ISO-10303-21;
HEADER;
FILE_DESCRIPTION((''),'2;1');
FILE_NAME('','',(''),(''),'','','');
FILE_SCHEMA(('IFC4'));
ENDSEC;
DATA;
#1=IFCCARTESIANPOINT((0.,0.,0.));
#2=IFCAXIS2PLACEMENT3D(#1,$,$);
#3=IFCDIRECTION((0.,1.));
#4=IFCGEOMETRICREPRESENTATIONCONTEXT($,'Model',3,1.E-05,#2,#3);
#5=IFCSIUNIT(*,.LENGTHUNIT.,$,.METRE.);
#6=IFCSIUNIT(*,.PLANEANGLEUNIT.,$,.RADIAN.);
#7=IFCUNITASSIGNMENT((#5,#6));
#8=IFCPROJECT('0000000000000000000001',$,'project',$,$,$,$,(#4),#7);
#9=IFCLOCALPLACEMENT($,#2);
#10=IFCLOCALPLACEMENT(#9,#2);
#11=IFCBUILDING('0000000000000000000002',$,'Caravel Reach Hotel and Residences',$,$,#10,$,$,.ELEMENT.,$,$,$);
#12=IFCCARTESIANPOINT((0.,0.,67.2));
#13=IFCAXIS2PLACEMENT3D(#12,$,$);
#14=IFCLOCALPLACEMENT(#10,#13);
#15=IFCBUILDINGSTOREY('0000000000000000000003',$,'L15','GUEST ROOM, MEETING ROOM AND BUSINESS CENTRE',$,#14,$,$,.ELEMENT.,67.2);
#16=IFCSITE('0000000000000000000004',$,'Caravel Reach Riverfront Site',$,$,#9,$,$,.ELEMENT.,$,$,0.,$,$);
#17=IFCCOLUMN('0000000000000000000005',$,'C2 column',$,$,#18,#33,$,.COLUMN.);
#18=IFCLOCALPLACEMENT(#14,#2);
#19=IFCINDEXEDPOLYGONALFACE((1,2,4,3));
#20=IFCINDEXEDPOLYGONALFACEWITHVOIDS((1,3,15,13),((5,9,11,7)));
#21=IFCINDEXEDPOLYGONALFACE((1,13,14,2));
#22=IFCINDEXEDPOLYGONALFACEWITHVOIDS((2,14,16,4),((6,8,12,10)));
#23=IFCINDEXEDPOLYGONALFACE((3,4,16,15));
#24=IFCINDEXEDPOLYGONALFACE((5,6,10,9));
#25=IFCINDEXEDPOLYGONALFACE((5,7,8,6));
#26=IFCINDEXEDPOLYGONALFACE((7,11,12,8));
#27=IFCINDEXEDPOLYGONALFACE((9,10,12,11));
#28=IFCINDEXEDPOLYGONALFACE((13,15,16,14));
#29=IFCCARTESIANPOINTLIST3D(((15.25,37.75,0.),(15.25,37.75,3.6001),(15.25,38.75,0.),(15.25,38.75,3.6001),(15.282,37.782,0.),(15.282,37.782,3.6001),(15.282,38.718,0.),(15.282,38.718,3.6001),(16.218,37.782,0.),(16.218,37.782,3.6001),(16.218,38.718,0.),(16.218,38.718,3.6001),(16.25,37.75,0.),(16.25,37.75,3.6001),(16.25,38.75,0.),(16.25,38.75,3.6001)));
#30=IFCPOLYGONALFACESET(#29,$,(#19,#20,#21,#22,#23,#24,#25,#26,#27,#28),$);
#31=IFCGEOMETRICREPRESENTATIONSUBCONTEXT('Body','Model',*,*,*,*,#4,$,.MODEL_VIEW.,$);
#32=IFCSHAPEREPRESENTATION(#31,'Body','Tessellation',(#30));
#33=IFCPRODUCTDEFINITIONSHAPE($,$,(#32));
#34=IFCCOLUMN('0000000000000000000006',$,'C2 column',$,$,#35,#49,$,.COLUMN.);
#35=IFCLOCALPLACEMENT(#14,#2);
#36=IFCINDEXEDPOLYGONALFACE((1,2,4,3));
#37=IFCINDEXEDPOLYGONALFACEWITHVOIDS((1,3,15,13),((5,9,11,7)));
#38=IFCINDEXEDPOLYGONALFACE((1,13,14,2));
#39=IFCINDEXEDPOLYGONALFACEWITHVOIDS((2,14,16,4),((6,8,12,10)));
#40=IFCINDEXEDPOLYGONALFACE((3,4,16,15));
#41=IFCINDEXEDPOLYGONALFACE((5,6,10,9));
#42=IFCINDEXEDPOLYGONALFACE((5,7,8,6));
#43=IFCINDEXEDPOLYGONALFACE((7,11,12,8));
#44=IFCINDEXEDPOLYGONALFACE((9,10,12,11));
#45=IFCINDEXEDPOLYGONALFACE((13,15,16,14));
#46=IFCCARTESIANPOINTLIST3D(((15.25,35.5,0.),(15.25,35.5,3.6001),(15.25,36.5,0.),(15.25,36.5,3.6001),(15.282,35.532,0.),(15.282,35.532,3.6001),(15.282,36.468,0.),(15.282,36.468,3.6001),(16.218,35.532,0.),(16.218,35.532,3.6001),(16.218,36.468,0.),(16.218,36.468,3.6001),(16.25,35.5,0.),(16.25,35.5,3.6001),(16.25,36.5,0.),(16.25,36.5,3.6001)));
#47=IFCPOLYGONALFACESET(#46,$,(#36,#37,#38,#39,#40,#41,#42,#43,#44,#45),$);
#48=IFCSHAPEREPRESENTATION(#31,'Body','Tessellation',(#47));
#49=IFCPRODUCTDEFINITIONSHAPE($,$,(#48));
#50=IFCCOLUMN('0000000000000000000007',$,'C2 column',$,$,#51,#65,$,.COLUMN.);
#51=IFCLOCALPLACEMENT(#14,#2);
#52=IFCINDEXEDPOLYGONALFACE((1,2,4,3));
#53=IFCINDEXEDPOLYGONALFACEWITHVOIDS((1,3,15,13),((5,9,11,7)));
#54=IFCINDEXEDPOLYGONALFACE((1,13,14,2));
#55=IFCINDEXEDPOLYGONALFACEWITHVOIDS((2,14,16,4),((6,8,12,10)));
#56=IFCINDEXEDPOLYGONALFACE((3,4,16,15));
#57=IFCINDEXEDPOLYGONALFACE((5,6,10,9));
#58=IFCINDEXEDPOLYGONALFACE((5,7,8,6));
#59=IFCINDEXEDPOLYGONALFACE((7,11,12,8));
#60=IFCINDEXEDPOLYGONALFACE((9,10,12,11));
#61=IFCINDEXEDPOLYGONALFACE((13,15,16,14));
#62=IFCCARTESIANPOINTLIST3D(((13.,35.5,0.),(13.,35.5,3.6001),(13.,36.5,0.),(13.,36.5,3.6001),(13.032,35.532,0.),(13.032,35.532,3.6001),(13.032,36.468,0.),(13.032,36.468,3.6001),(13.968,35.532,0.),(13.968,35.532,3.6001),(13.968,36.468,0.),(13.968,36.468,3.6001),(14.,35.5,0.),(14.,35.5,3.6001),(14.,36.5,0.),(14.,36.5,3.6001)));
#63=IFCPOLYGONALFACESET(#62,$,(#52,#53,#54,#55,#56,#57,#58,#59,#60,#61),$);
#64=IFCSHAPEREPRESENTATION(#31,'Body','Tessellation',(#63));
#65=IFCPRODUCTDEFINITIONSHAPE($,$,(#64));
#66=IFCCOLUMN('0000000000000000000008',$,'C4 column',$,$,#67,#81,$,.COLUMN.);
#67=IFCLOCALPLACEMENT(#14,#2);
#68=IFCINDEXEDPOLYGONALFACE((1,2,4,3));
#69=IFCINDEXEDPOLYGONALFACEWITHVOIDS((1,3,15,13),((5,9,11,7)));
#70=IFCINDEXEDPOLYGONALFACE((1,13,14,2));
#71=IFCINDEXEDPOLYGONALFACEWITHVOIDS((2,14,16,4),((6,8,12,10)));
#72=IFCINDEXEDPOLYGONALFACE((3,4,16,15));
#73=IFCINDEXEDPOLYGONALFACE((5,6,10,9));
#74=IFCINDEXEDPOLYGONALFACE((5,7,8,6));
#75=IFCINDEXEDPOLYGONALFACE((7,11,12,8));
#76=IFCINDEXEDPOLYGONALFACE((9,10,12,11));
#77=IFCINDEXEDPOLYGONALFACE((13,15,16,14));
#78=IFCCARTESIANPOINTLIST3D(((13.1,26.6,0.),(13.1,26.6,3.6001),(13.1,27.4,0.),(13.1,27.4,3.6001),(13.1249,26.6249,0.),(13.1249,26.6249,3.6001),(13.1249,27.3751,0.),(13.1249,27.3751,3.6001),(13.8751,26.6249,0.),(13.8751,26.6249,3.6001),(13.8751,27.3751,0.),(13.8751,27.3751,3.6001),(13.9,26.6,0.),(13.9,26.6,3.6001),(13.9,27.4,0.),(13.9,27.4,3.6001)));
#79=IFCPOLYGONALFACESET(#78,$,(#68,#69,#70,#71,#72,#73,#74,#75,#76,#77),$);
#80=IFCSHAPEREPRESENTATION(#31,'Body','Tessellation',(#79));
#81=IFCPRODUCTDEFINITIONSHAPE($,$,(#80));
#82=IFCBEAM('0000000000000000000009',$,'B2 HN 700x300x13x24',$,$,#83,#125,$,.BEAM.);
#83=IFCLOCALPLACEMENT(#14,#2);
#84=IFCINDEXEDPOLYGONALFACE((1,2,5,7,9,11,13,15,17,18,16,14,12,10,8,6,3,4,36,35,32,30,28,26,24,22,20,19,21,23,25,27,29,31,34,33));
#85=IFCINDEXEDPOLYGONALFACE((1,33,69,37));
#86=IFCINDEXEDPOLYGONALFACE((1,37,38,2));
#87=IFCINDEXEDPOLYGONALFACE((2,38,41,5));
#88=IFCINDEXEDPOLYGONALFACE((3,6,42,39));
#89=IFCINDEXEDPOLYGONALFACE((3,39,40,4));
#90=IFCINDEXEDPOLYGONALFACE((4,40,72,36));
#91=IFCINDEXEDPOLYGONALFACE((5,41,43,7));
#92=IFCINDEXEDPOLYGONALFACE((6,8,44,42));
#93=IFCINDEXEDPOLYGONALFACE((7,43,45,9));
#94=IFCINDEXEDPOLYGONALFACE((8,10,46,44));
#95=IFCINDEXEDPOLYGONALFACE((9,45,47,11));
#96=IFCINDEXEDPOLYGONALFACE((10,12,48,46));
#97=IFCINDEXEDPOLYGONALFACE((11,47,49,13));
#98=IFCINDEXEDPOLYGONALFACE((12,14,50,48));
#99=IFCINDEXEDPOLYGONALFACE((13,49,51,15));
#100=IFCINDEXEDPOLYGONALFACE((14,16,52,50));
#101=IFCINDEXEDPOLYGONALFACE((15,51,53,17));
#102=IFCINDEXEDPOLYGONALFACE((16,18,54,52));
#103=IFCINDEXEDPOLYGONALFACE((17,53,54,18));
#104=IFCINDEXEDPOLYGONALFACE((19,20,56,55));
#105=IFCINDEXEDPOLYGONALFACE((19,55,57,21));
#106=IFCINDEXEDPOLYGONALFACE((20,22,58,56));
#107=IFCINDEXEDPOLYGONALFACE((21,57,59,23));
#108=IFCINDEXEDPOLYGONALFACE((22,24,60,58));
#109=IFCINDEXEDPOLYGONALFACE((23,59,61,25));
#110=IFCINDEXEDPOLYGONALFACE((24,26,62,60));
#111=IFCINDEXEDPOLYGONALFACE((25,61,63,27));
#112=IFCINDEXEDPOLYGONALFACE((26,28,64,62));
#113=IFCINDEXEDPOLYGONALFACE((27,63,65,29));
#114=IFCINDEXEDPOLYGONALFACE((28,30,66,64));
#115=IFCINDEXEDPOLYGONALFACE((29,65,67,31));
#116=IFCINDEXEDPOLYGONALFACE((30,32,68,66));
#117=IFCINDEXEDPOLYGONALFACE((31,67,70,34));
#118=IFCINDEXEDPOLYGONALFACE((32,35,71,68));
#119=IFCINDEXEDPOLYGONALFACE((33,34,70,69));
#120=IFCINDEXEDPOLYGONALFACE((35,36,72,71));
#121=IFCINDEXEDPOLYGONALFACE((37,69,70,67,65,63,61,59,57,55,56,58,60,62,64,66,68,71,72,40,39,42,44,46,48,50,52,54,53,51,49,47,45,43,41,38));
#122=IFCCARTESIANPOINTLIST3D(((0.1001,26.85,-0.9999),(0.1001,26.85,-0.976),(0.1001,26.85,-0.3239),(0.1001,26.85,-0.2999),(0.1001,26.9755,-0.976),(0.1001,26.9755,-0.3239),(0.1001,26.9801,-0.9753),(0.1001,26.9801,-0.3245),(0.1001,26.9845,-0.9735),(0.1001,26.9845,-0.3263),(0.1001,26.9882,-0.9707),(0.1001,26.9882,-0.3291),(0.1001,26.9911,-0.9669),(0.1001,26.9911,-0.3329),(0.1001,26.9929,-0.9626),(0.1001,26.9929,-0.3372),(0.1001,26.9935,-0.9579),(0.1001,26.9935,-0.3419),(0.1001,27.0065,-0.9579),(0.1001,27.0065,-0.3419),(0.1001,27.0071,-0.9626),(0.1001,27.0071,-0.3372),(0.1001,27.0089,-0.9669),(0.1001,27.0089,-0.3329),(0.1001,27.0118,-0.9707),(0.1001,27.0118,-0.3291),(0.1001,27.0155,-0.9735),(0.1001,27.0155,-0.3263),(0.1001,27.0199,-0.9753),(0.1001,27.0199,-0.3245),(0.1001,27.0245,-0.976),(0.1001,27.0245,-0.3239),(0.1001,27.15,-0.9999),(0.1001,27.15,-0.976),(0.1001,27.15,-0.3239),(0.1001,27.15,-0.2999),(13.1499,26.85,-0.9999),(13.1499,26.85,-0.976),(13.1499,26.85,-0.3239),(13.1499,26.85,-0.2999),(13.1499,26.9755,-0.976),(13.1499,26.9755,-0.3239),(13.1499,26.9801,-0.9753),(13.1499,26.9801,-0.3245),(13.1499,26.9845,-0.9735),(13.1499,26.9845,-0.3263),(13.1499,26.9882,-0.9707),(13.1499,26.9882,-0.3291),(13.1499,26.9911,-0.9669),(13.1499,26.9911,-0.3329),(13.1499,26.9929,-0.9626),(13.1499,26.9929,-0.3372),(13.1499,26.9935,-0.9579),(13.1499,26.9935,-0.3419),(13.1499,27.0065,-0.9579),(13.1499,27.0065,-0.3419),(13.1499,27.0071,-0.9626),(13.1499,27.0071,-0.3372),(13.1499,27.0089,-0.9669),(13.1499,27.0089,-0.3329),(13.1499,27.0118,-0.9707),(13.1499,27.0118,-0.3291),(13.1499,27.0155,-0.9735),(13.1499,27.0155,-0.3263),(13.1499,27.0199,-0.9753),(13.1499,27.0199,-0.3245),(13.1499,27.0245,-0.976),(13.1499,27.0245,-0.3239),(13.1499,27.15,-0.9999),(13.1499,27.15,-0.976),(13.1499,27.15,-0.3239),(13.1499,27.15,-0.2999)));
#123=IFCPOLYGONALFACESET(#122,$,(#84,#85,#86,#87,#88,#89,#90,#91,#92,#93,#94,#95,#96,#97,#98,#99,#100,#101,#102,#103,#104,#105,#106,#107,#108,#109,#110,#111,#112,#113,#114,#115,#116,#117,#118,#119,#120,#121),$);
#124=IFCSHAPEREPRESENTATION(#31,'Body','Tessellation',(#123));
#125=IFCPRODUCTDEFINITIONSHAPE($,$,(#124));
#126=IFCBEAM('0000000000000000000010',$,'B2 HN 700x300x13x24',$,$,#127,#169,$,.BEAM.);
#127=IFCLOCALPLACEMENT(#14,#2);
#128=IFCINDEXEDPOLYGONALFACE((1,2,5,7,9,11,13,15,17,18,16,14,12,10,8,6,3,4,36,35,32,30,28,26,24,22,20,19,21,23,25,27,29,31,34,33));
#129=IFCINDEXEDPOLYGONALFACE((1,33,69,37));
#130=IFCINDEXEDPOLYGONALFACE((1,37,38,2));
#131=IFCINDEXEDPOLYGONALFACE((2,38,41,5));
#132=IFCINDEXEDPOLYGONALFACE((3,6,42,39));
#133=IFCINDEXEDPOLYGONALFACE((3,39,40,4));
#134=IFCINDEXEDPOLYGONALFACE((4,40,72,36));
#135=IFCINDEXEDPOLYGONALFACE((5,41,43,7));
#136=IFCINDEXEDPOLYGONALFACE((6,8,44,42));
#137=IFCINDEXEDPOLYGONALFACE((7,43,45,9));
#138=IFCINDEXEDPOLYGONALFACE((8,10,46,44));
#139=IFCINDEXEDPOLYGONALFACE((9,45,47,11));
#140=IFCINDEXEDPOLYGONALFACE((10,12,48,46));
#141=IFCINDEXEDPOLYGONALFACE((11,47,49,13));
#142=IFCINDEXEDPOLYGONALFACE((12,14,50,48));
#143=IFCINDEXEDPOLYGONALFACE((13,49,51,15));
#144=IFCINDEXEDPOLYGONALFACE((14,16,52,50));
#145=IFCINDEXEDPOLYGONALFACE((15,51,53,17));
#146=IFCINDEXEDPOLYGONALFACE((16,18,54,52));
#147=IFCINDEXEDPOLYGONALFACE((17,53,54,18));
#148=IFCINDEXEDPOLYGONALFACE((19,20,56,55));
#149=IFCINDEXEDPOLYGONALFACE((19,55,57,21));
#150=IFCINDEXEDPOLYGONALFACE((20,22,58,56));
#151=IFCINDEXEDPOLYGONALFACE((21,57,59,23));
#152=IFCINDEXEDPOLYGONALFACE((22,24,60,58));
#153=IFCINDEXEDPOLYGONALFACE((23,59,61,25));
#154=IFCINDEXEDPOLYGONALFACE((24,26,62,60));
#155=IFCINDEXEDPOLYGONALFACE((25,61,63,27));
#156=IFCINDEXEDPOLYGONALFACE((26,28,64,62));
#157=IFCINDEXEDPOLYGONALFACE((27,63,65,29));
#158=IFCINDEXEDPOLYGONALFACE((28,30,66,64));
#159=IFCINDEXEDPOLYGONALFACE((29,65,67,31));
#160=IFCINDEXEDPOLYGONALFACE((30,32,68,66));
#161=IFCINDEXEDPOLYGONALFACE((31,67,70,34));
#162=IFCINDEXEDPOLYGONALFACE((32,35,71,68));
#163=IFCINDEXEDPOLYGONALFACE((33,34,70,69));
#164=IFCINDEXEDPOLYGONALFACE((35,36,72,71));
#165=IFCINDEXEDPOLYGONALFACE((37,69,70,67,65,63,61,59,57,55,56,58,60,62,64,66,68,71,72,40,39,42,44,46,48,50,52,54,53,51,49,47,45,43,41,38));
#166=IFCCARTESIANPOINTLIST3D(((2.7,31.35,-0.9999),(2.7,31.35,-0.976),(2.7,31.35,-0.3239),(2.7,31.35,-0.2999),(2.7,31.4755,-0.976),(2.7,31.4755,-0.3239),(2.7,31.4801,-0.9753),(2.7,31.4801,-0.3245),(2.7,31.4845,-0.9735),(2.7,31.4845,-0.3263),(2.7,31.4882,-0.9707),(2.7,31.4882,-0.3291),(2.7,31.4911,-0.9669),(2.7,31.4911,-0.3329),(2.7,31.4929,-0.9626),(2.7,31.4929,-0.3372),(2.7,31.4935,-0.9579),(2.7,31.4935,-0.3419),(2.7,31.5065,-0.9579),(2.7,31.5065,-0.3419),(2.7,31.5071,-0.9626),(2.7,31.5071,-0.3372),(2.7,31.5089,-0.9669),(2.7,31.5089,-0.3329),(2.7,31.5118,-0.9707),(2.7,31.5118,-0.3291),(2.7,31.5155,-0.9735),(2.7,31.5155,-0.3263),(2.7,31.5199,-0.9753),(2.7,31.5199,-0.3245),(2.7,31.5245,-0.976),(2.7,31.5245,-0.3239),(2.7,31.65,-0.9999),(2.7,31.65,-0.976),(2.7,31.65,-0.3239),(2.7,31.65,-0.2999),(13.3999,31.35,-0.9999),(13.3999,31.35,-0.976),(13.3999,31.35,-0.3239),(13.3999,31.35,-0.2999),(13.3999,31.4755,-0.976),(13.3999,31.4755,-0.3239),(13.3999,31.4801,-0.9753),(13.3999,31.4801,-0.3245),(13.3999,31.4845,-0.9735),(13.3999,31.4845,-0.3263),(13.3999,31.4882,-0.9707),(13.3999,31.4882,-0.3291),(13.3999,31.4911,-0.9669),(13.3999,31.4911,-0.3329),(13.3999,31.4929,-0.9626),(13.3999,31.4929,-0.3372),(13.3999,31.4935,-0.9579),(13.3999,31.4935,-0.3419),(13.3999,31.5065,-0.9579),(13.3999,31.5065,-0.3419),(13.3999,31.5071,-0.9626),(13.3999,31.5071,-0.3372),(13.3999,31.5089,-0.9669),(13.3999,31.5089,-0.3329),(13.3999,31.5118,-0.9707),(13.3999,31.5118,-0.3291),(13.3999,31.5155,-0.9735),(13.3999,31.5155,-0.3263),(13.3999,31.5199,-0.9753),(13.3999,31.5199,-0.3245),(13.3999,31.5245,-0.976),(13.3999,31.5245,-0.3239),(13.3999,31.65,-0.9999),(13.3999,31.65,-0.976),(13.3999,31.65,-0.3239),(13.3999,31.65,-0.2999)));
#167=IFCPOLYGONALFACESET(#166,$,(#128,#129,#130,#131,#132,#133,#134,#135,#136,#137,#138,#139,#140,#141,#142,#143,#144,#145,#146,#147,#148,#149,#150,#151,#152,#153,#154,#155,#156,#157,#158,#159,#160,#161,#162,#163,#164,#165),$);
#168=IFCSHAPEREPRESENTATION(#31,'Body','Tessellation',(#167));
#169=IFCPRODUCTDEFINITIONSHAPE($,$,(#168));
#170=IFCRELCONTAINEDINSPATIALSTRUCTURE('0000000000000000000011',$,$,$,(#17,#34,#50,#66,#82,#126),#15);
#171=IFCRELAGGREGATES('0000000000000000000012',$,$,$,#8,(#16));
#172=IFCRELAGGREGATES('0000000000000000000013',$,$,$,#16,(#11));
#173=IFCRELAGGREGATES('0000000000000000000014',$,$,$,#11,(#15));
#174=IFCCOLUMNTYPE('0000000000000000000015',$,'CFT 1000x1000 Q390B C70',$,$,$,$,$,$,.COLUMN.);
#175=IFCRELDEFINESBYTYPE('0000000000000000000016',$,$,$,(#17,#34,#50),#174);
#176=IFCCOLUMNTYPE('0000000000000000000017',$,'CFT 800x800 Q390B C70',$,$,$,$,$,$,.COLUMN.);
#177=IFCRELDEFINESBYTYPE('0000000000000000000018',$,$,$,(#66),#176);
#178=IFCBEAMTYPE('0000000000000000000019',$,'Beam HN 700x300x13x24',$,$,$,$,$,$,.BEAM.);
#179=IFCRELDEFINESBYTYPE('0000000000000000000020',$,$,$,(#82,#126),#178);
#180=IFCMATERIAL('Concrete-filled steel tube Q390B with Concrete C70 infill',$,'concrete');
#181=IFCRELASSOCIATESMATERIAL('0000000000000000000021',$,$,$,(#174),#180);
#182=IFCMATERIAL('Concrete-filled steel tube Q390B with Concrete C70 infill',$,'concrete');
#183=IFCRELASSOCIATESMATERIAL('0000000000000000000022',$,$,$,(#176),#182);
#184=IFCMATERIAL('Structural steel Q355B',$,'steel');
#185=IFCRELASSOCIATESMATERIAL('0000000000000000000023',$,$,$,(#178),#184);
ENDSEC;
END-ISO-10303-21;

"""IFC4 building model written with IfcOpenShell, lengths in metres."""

from ifc_helpers import new_model, si_unit, direction, frame, origin, origin_2d, place, context, subcontext, project, spatial, hollow_rectangle, i_section, extrude, material, material_profile, profile_set, type_object, element, save


model = new_model("IFC4")

# Units and contexts
model_context = context("Model", 3, precision=1e-05, world=origin(), true_north=direction((0.0, 1.0)))
body_context = subcontext(model_context, "Body", "Model", "MODEL_VIEW")
ifc_project = project(units=[si_unit("LENGTHUNIT", "METRE"), si_unit("PLANEANGLEUNIT", "RADIAN")], contexts=[model_context])

# Site, building, storey
site_placement = place(None, origin())
site = spatial("IfcSite", under=ifc_project, at=site_placement, Name="Caravel Reach Riverfront Site", CompositionType="ELEMENT", RefElevation=0.0)
building_placement = place(site_placement, origin())
building = spatial("IfcBuilding", under=site, at=building_placement, Name="Caravel Reach Hotel and Residences", CompositionType="ELEMENT")
storey_placement = place(building_placement, frame((0.0, 0.0, 67.2)))
storey = spatial("IfcBuildingStorey", under=building, at=storey_placement, Name="L15", Description="GUEST ROOM, MEETING ROOM AND BUSINESS CENTRE", CompositionType="ELEMENT", Elevation=67.2)

# Columns
ifc_material_1 = material(Name="Concrete-filled steel tube Q390B with Concrete C70 infill", Category="concrete")
ifc_material_profile_1 = material_profile(ifc_material_1, hollow_rectangle(XDim=1.0, YDim=1.0, WallThickness=0.032, at=origin_2d()), Name="RHS 1000x1000x32")
ifc_profile_set_1 = profile_set([ifc_material_profile_1], Name="Concrete-filled steel tube Q390B with Concrete C70 infill")
column_type_1 = type_object("IfcColumnType", Name="CFT 1000x1000 Q390B C70", PredefinedType="COLUMN", material=ifc_profile_set_1)
for number, where, z_axis, x_axis, name in (
    (1, (15.75, 38.25, 0.0), (0.0, 0.0, 1.0), (1.0, 0.0, 0.0), "C2 column"),
    (2, (15.75, 36.0, 0.0), (0.0, 0.0, 1.0), (1.0, 0.0, 0.0), "C2 column"),
    (3, (13.5, 36.0, 0.0), (0.0, 0.0, 1.0), (1.0, 0.0, 0.0), "C2 column"),
):
    element("IfcColumn", number, at=place(storey_placement, frame(where, z_axis=z_axis, x_axis=x_axis)), inside=storey, type_object=column_type_1, Name=name, PredefinedType="COLUMN", context=body_context, shape_type="SweptSolid", body=[
        extrude(hollow_rectangle(XDim=1.0, YDim=1.0, WallThickness=0.032, at=origin_2d()), origin(), (0.0, 0.0, 1.0), 3.6001),
    ])
ifc_material_2 = material(Name="Concrete-filled steel tube Q390B with Concrete C70 infill", Category="concrete")
ifc_material_profile_2 = material_profile(ifc_material_2, hollow_rectangle(XDim=0.8, YDim=0.8, WallThickness=0.0249, at=origin_2d()), Name="RHS 800x800x25")
ifc_profile_set_2 = profile_set([ifc_material_profile_2], Name="Concrete-filled steel tube Q390B with Concrete C70 infill")
column_type_2 = type_object("IfcColumnType", Name="CFT 800x800 Q390B C70", PredefinedType="COLUMN", material=ifc_profile_set_2)
column_placement = place(storey_placement, frame((13.5, 27.0, 0.0), z_axis=(0.0, 0.0, 1.0), x_axis=(1.0, 0.0, 0.0)))
element("IfcColumn", 4, at=column_placement, inside=storey, type_object=column_type_2, Name="C4 column", PredefinedType="COLUMN", context=body_context, shape_type="SweptSolid", body=[
    extrude(hollow_rectangle(XDim=0.8, YDim=0.8, WallThickness=0.0249, at=origin_2d()), origin(), (0.0, 0.0, 1.0), 3.6001),
])

# Beams
ifc_material_3 = material(Name="Structural steel Q355B", Category="steel")
ifc_material_profile_3 = material_profile(ifc_material_3, i_section(OverallWidth=0.3, OverallDepth=0.7, WebThickness=0.0129, FlangeThickness=0.0239, FilletRadius=0.0181, at=origin_2d()), Name="HN 700x300x13x24")
ifc_profile_set_3 = profile_set([ifc_material_profile_3], Name="Structural steel Q355B")
beam_type_1 = type_object("IfcBeamType", Name="Beam HN 700x300x13x24", PredefinedType="BEAM", material=ifc_profile_set_3)
beam_1_placement = place(storey_placement, frame((13.1499, 27.0, -0.6499), z_axis=(-1.0, 0.0, 0.0), x_axis=(0.0, -1.0, 0.0)))
element("IfcBeam", 5, at=beam_1_placement, inside=storey, type_object=beam_type_1, Name="B2 HN 700x300x13x24", PredefinedType="BEAM", context=body_context, shape_type="SweptSolid", body=[
    extrude(i_section(OverallWidth=0.3, OverallDepth=0.7, WebThickness=0.0129, FlangeThickness=0.0239, FilletRadius=0.0181, at=origin_2d()), origin(), (0.0, 0.0, 1.0), 13.0498),
])
beam_2_placement = place(storey_placement, frame((13.3999, 31.5, -0.6499), z_axis=(-1.0, 0.0, 0.0), x_axis=(0.0, -1.0, 0.0)))
element("IfcBeam", 6, at=beam_2_placement, inside=storey, type_object=beam_type_1, Name="B2 HN 700x300x13x24", PredefinedType="BEAM", context=body_context, shape_type="SweptSolid", body=[
    extrude(i_section(OverallWidth=0.3, OverallDepth=0.7, WebThickness=0.0129, FlangeThickness=0.0239, FilletRadius=0.0181, at=origin_2d()), origin(), (0.0, 0.0, 1.0), 10.7),
])

save(model, "model.ifc")
